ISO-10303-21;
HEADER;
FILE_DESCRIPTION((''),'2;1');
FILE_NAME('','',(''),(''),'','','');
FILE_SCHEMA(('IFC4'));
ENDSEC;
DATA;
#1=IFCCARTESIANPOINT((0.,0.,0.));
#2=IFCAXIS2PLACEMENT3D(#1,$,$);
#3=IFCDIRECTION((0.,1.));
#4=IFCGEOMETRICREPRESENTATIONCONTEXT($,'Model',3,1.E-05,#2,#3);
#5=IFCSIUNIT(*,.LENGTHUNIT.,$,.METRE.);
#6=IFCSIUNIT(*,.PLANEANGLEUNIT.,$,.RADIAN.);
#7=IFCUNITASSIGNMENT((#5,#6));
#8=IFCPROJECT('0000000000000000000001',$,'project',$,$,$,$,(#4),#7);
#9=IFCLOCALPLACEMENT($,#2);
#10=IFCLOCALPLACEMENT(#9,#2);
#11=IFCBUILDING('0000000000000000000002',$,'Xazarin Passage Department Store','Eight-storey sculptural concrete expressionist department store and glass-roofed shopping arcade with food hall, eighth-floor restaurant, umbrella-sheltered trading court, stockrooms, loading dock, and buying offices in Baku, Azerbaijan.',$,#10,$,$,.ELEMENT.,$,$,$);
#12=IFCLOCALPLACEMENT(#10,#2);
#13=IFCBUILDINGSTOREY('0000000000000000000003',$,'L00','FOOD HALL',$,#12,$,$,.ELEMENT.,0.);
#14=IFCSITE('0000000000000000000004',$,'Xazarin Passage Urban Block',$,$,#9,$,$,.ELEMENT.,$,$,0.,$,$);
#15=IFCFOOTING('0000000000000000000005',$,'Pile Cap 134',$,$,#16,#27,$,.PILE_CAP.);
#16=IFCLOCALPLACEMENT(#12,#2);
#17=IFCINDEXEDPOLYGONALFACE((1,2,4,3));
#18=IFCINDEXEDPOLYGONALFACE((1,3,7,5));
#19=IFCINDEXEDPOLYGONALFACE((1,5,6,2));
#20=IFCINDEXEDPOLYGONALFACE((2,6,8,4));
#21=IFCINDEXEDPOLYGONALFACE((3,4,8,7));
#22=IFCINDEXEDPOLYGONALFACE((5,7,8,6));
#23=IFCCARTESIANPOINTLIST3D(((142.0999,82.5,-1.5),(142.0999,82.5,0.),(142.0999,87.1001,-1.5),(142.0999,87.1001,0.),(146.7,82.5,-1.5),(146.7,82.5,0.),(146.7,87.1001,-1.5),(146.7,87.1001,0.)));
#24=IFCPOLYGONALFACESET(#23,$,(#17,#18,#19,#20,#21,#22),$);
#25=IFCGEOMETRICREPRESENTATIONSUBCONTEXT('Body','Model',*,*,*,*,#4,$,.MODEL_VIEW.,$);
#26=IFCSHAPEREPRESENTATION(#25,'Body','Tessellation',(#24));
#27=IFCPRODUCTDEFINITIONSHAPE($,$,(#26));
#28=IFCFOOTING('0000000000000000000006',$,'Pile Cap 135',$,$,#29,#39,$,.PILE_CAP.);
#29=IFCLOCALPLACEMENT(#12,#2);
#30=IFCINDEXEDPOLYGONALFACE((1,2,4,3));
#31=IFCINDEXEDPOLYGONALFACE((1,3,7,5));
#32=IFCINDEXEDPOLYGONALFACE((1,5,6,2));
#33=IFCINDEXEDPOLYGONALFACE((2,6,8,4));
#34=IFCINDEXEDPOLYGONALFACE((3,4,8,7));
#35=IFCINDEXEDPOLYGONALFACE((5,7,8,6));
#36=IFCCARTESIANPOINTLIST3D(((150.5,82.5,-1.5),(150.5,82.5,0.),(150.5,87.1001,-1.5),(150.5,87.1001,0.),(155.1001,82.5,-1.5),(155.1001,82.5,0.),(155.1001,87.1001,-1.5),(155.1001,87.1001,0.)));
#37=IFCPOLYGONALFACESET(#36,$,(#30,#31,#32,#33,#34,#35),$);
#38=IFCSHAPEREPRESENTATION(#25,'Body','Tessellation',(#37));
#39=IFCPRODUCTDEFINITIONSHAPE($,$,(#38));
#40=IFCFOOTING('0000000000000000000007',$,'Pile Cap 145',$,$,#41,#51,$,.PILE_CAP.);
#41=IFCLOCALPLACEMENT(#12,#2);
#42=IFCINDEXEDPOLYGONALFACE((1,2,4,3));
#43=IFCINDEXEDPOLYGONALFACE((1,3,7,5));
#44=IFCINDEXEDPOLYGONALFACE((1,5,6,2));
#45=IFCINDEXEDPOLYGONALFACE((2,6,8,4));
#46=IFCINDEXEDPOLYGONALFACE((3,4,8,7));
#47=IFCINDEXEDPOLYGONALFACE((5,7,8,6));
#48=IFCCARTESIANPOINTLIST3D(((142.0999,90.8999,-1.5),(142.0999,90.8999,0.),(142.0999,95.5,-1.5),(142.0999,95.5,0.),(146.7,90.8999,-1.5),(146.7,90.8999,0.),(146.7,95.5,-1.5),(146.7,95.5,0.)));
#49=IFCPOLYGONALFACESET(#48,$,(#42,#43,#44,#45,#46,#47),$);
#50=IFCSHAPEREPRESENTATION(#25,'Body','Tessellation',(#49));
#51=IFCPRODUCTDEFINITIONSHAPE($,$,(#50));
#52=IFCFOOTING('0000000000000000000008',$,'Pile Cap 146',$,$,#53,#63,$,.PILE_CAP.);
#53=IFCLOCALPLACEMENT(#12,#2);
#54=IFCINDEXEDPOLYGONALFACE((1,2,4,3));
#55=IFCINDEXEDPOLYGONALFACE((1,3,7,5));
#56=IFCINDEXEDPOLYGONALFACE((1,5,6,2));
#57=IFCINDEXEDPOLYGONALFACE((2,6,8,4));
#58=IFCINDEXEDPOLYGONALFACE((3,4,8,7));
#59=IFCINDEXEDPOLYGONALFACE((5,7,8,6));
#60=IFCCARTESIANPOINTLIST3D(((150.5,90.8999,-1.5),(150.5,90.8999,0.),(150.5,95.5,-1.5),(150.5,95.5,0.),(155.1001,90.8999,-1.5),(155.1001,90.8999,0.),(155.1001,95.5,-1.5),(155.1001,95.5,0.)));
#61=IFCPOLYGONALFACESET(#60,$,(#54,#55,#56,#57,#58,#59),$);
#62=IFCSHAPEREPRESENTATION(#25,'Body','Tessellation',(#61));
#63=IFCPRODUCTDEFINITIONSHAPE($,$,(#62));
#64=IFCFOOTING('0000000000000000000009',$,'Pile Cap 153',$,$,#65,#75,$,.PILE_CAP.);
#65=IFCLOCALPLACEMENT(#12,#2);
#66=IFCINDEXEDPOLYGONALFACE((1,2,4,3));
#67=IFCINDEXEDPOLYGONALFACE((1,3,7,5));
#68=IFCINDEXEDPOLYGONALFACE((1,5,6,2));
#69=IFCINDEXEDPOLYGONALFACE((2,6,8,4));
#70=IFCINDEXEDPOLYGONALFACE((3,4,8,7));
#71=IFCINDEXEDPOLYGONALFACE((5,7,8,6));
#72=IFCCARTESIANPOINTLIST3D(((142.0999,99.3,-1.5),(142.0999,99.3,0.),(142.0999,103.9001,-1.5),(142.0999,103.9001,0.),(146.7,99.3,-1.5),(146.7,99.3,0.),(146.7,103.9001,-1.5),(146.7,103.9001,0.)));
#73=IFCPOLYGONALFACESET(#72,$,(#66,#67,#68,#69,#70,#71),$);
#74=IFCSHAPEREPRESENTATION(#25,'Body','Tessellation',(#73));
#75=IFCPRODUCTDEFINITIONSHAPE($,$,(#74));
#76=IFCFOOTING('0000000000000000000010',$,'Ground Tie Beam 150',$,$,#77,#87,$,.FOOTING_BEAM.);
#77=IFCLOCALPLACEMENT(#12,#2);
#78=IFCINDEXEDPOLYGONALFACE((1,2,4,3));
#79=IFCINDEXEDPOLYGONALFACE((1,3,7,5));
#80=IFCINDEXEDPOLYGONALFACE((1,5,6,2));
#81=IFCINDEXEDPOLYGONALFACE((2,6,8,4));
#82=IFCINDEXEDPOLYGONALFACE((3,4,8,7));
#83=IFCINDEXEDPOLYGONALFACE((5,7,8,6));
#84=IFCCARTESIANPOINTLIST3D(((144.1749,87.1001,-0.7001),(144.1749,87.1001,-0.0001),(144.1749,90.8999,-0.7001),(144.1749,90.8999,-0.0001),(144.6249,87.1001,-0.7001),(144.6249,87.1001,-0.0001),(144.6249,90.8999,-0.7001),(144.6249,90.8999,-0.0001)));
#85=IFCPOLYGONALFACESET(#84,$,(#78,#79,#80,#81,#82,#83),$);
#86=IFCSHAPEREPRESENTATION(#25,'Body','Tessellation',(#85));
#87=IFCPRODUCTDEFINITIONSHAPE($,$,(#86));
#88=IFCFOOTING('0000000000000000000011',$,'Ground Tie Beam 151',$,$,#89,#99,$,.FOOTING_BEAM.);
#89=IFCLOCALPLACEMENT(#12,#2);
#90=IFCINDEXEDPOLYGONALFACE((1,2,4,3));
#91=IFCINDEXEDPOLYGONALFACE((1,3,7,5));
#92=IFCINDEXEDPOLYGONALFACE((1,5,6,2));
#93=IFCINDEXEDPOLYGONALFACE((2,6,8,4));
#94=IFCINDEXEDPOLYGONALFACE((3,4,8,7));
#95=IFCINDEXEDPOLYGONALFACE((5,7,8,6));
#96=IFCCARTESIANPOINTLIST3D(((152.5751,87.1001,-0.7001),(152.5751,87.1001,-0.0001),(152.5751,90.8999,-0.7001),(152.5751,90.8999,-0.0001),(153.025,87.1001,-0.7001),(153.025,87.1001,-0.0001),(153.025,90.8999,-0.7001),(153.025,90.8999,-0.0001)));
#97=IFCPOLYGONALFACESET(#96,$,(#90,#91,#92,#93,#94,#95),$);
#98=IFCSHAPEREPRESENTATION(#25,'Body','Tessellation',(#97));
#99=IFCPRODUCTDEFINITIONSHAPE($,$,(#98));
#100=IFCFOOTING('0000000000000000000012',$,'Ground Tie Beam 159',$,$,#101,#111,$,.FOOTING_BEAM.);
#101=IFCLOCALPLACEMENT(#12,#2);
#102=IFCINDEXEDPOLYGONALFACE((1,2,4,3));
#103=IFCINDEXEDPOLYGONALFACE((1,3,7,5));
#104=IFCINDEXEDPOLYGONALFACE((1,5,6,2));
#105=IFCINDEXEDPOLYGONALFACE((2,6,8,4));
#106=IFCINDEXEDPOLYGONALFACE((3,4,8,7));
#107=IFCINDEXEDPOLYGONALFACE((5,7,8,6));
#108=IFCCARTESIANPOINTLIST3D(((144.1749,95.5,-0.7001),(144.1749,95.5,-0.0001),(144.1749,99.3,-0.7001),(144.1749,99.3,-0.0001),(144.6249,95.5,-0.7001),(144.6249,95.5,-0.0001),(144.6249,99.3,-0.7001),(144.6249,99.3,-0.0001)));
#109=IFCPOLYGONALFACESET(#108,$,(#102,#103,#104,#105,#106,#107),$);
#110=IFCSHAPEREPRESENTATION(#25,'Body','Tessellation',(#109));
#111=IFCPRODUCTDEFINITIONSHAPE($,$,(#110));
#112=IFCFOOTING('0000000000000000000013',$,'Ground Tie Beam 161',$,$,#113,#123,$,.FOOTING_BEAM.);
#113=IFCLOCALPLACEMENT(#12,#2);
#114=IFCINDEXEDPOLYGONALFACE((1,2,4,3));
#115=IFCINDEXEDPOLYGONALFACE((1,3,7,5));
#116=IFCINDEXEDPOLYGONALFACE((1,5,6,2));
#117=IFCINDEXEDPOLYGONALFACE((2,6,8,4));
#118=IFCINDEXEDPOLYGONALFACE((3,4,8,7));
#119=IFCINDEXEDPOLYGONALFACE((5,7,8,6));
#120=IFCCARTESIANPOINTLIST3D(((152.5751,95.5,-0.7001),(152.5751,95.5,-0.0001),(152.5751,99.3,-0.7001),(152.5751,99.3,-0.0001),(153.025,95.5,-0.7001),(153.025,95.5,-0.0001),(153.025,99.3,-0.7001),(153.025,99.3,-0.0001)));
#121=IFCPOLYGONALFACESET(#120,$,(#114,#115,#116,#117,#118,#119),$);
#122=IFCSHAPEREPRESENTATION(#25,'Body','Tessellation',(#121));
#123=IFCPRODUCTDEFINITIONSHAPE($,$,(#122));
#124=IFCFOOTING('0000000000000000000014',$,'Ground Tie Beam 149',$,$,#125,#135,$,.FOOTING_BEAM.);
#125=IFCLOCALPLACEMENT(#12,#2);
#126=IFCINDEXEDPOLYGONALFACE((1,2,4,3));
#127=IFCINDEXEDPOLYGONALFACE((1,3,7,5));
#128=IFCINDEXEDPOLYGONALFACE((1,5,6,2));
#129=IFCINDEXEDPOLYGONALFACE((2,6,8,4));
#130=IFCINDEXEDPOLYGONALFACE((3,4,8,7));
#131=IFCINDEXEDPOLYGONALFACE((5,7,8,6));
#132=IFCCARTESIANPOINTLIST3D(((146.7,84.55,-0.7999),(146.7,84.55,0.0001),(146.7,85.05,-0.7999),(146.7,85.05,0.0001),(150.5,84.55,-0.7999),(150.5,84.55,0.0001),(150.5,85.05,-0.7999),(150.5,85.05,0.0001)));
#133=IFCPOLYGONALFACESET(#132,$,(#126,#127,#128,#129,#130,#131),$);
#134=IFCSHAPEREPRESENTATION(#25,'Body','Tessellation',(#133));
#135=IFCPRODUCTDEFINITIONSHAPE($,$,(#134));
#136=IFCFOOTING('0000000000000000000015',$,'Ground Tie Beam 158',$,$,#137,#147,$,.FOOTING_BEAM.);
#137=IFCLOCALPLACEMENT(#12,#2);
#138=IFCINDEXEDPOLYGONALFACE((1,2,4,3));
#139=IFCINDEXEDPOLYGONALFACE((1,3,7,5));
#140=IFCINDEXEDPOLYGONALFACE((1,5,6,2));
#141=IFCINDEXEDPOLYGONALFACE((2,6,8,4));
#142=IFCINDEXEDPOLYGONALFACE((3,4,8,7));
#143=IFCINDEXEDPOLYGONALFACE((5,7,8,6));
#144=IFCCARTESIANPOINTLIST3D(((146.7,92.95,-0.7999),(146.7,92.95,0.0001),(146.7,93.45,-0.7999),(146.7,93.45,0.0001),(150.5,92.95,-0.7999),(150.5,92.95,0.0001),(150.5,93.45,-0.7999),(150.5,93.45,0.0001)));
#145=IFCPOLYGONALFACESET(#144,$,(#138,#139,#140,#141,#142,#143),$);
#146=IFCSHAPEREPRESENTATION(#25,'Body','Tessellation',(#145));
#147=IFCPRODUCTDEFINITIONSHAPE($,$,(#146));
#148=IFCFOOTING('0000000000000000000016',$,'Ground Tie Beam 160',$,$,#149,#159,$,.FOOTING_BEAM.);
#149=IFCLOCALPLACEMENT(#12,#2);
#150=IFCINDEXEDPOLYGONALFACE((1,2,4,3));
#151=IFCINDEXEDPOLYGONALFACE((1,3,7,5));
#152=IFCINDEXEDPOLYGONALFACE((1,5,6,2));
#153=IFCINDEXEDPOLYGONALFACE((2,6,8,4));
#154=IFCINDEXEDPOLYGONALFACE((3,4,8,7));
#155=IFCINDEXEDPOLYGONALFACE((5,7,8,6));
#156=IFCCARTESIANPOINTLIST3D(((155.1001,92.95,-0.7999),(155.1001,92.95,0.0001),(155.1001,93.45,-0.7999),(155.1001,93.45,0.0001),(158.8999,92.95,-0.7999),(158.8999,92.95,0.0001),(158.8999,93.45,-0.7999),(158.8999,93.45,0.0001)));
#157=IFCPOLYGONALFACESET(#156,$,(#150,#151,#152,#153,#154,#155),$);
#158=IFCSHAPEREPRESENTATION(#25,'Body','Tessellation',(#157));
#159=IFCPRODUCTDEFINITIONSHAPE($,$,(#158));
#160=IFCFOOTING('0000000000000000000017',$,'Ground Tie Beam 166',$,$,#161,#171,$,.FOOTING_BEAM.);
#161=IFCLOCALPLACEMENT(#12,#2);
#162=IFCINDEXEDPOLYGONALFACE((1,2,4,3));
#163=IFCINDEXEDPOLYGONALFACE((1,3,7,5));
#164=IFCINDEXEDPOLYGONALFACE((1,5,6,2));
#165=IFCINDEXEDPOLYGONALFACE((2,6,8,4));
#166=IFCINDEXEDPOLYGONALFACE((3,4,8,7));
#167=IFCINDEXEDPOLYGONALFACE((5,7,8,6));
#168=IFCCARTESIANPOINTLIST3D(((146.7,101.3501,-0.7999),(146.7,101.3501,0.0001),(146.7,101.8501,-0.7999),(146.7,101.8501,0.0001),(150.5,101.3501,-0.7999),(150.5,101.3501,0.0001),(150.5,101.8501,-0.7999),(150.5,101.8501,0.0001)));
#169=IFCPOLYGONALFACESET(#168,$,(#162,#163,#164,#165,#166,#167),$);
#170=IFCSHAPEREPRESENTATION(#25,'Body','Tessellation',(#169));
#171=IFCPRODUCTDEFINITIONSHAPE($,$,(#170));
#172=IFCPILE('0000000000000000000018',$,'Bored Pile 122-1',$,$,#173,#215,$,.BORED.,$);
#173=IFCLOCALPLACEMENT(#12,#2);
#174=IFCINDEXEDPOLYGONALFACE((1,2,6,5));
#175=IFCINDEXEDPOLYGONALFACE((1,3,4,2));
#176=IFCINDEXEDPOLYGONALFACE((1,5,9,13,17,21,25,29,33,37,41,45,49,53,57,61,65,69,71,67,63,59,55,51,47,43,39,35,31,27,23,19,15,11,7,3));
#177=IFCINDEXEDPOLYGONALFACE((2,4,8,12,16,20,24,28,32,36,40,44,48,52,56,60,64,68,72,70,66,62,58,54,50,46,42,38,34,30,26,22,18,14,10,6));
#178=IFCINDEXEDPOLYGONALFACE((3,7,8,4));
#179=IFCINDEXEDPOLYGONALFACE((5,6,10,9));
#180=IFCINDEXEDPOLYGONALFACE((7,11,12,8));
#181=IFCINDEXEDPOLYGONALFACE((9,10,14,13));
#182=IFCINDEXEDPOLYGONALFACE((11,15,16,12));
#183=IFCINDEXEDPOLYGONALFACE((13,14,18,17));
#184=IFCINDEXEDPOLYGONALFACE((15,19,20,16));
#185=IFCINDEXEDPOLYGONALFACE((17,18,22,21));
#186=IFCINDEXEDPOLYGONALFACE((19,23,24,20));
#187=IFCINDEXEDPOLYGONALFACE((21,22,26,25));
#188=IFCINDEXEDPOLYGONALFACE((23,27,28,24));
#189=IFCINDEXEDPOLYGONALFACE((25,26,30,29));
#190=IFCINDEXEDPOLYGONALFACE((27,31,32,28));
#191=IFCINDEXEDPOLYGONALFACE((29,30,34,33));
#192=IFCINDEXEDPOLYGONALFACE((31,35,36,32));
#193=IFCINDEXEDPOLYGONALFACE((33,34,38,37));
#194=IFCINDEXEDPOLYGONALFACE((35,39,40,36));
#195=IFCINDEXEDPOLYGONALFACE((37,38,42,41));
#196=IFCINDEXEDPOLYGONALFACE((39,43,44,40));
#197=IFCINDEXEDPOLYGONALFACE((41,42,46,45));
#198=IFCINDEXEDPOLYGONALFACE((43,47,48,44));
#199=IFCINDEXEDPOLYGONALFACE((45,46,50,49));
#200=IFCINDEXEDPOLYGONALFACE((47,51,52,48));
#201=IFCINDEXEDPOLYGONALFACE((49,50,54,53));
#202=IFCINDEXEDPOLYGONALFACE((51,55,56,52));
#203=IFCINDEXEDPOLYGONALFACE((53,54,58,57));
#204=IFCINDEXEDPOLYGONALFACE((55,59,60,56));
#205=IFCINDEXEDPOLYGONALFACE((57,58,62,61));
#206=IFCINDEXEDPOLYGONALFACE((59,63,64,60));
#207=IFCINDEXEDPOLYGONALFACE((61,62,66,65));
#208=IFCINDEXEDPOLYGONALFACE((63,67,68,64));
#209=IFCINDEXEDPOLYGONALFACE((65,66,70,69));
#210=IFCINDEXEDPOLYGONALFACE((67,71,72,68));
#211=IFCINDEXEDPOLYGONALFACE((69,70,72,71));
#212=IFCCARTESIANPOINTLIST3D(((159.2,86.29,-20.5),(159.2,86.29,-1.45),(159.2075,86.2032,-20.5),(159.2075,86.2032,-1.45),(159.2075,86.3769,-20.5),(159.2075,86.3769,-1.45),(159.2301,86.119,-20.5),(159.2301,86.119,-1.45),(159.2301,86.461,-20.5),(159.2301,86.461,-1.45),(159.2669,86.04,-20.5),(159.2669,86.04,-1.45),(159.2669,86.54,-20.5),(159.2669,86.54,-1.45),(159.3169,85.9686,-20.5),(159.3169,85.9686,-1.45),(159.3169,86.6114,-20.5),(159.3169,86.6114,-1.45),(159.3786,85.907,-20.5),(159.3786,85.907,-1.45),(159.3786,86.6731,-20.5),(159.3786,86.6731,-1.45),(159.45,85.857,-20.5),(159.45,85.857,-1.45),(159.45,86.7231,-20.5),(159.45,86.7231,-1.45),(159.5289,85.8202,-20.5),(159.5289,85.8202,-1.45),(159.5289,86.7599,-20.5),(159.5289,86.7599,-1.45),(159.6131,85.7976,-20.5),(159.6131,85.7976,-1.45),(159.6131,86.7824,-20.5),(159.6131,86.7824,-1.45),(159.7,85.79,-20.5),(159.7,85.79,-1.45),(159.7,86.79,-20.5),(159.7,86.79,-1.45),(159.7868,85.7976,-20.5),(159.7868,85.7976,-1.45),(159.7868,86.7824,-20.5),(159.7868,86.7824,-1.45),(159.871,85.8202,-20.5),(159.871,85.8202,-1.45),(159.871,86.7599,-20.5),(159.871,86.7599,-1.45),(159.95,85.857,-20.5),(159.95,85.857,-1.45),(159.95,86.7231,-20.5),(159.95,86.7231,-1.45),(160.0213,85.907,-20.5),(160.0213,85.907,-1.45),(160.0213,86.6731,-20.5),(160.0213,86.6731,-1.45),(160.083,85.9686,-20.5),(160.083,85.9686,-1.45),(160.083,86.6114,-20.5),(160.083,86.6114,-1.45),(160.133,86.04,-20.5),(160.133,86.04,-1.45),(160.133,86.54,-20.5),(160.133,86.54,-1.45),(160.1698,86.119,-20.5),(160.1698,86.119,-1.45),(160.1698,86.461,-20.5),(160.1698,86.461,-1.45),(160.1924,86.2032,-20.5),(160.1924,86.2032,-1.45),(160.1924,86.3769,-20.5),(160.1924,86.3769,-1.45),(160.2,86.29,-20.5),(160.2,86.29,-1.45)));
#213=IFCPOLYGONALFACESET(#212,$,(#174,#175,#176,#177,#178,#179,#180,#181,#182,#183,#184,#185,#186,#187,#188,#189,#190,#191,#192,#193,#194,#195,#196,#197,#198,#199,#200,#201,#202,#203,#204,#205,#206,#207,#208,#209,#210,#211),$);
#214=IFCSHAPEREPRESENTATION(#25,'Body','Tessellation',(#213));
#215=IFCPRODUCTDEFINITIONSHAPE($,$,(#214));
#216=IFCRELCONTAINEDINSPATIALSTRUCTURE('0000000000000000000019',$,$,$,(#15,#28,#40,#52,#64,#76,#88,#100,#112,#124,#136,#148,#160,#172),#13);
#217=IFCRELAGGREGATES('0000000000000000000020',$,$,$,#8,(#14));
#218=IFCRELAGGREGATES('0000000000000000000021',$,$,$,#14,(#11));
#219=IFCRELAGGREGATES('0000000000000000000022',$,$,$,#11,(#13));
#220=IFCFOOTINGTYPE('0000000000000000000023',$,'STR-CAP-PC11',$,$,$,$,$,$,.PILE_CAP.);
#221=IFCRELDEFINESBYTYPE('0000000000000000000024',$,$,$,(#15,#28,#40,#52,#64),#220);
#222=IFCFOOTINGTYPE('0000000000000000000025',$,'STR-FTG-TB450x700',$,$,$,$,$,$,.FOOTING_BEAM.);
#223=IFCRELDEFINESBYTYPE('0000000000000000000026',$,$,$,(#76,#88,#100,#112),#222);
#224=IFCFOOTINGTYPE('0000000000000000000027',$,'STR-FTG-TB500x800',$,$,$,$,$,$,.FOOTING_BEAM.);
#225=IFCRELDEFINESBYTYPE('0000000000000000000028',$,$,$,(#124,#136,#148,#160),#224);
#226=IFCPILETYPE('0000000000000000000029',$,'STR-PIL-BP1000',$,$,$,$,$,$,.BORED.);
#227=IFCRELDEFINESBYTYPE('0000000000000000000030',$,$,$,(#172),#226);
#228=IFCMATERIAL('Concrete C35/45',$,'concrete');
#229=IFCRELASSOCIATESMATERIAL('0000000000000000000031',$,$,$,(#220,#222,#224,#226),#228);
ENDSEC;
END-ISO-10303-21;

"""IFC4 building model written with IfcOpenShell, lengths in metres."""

from ifc_helpers import new_model, si_unit, direction, frame, origin, origin_2d, place, context, subcontext, project, spatial, rectangle, circle, extrude, material, material_profile, profile_set, type_object, element, save


model = new_model("IFC4")

# Units and contexts
model_context = context("Model", 3, precision=1e-05, world=origin(), true_north=direction((0.0, 1.0)))
body_context = subcontext(model_context, "Body", "Model", "MODEL_VIEW")
ifc_project = project(units=[si_unit("LENGTHUNIT", "METRE"), si_unit("PLANEANGLEUNIT", "RADIAN")], contexts=[model_context])

# Site, building, storey
site_placement = place(None, origin())
site = spatial("IfcSite", under=ifc_project, at=site_placement, Name="Xazarin Passage Urban Block", CompositionType="ELEMENT", RefElevation=0.0)
building_placement = place(site_placement, origin())
building = spatial("IfcBuilding", under=site, at=building_placement, Name="Xazarin Passage Department Store", Description="Eight-storey sculptural concrete expressionist department store and glass-roofed shopping arcade with food hall, eighth-floor restaurant, umbrella-sheltered trading court, stockrooms, loading dock, and buying offices in Baku, Azerbaijan.", CompositionType="ELEMENT")
storey_placement = place(building_placement, origin())
storey = spatial("IfcBuildingStorey", under=building, at=storey_placement, Name="L00", Description="FOOD HALL", CompositionType="ELEMENT", Elevation=0.0)

# Footings
ifc_material_1 = material(Name="Concrete C35/45", Category="concrete")
footing_type_1 = type_object("IfcFootingType", Name="STR-CAP-PC11", PredefinedType="PILE_CAP", material=ifc_material_1)
for number, where, z_axis, x_axis, name in (
    (1, (144.3999, 84.8, -1.5), (0.0, 0.0, 1.0), (1.0, 0.0, 0.0), "Pile Cap 134"),
    (2, (152.8, 84.8, -1.5), (0.0, 0.0, 1.0), (1.0, 0.0, 0.0), "Pile Cap 135"),
    (3, (144.3999, 93.2, -1.5), (0.0, 0.0, 1.0), (1.0, 0.0, 0.0), "Pile Cap 145"),
    (4, (152.8, 93.2, -1.5), (0.0, 0.0, 1.0), (1.0, 0.0, 0.0), "Pile Cap 146"),
    (5, (144.3999, 101.6001, -1.5), (0.0, 0.0, 1.0), (1.0, 0.0, 0.0), "Pile Cap 153"),
):
    element("IfcFooting", number, at=place(storey_placement, frame(where, z_axis=z_axis, x_axis=x_axis)), inside=storey, type_object=footing_type_1, Name=name, PredefinedType="PILE_CAP", context=body_context, shape_type="SweptSolid", body=[
        extrude(rectangle(XDim=4.6001, YDim=4.6001, at=origin_2d()), origin(), (0.0, 0.0, 1.0), 1.5),
    ])
ifc_material_profile_1 = material_profile(ifc_material_1, rectangle(XDim=0.45, YDim=0.7, at=origin_2d()), Name="RC 450x700")
ifc_profile_set_1 = profile_set([ifc_material_profile_1], Name="Concrete C35/45")
footing_type_2 = type_object("IfcFootingType", Name="STR-FTG-TB450x700", PredefinedType="FOOTING_BEAM", material=ifc_profile_set_1)
for number, where, z_axis, x_axis, name in (
    (6, (144.3999, 87.1001, -0.3501), (0.0, 1.0, 0.0), (-1.0, 0.0, 0.0), "Ground Tie Beam 150"),
    (7, (152.8, 87.1001, -0.3501), (0.0, 1.0, 0.0), (-1.0, 0.0, 0.0), "Ground Tie Beam 151"),
):
    element("IfcFooting", number, at=place(storey_placement, frame(where, z_axis=z_axis, x_axis=x_axis)), inside=storey, type_object=footing_type_2, Name=name, PredefinedType="FOOTING_BEAM", context=body_context, shape_type="SweptSolid", body=[
        extrude(rectangle(XDim=0.45, YDim=0.7, at=origin_2d()), origin(), (0.0, 0.0, 1.0), 3.7998),
    ])
for number, where, z_axis, x_axis, name in (
    (8, (144.3999, 95.5, -0.3501), (0.0, 1.0, 0.0), (-1.0, 0.0, 0.0), "Ground Tie Beam 159"),
    (9, (152.8, 95.5, -0.3501), (0.0, 1.0, 0.0), (-1.0, 0.0, 0.0), "Ground Tie Beam 161"),
):
    element("IfcFooting", number, at=place(storey_placement, frame(where, z_axis=z_axis, x_axis=x_axis)), inside=storey, type_object=footing_type_2, Name=name, PredefinedType="FOOTING_BEAM", context=body_context, shape_type="SweptSolid", body=[
        extrude(rectangle(XDim=0.45, YDim=0.7, at=origin_2d()), origin(), (0.0, 0.0, 1.0), 3.8),
    ])
ifc_material_profile_2 = material_profile(ifc_material_1, rectangle(XDim=0.5, YDim=0.8, at=origin_2d()), Name="RC 500x800")
ifc_profile_set_2 = profile_set([ifc_material_profile_2], Name="Concrete C35/45")
footing_type_3 = type_object("IfcFootingType", Name="STR-FTG-TB500x800", PredefinedType="FOOTING_BEAM", material=ifc_profile_set_2)
for number, where, z_axis, x_axis, name in (
    (10, (146.7, 84.8, -0.3999), (1.0, 0.0, 0.0), (0.0, 1.0, 0.0), "Ground Tie Beam 149"),
    (11, (146.7, 93.2, -0.3999), (1.0, 0.0, 0.0), (0.0, 1.0, 0.0), "Ground Tie Beam 158"),
):
    element("IfcFooting", number, at=place(storey_placement, frame(where, z_axis=z_axis, x_axis=x_axis)), inside=storey, type_object=footing_type_3, Name=name, PredefinedType="FOOTING_BEAM", context=body_context, shape_type="SweptSolid", body=[
        extrude(rectangle(XDim=0.5, YDim=0.8, at=origin_2d()), origin(), (0.0, 0.0, 1.0), 3.8),
    ])
footing_1_placement = place(storey_placement, frame((155.1001, 93.2, -0.3999), z_axis=(1.0, 0.0, 0.0), x_axis=(0.0, 1.0, 0.0)))
element("IfcFooting", 12, at=footing_1_placement, inside=storey, type_object=footing_type_3, Name="Ground Tie Beam 160", PredefinedType="FOOTING_BEAM", context=body_context, shape_type="SweptSolid", body=[
    extrude(rectangle(XDim=0.5, YDim=0.8, at=origin_2d()), origin(), (0.0, 0.0, 1.0), 3.7998),
])
footing_2_placement = place(storey_placement, frame((146.7, 101.6001, -0.3999), z_axis=(1.0, 0.0, 0.0), x_axis=(0.0, 1.0, 0.0)))
element("IfcFooting", 13, at=footing_2_placement, inside=storey, type_object=footing_type_3, Name="Ground Tie Beam 166", PredefinedType="FOOTING_BEAM", context=body_context, shape_type="SweptSolid", body=[
    extrude(rectangle(XDim=0.5, YDim=0.8, at=origin_2d()), origin(), (0.0, 0.0, 1.0), 3.8),
])

# Pile
ifc_material_profile_3 = material_profile(ifc_material_1, circle(Radius=0.5, at=origin_2d()), Name="BP 1000")
ifc_profile_set_3 = profile_set([ifc_material_profile_3], Name="Concrete C35/45")
pile_type_1 = type_object("IfcPileType", Name="STR-PIL-BP1000", PredefinedType="BORED", material=ifc_profile_set_3)
pile_1_placement = place(storey_placement, frame((159.7, 86.29, -1.45), z_axis=(0.0, 0.0, -1.0), x_axis=(1.0, 0.0, 0.0)))
element("IfcPile", 14, at=pile_1_placement, inside=storey, type_object=pile_type_1, Name="Bored Pile 122-1", PredefinedType="BORED", context=body_context, shape_type="SweptSolid", body=[
    extrude(circle(Radius=0.5, at=origin_2d()), origin(), (0.0, 0.0, 1.0), 19.05),
])

save(model, "model.ifc")
